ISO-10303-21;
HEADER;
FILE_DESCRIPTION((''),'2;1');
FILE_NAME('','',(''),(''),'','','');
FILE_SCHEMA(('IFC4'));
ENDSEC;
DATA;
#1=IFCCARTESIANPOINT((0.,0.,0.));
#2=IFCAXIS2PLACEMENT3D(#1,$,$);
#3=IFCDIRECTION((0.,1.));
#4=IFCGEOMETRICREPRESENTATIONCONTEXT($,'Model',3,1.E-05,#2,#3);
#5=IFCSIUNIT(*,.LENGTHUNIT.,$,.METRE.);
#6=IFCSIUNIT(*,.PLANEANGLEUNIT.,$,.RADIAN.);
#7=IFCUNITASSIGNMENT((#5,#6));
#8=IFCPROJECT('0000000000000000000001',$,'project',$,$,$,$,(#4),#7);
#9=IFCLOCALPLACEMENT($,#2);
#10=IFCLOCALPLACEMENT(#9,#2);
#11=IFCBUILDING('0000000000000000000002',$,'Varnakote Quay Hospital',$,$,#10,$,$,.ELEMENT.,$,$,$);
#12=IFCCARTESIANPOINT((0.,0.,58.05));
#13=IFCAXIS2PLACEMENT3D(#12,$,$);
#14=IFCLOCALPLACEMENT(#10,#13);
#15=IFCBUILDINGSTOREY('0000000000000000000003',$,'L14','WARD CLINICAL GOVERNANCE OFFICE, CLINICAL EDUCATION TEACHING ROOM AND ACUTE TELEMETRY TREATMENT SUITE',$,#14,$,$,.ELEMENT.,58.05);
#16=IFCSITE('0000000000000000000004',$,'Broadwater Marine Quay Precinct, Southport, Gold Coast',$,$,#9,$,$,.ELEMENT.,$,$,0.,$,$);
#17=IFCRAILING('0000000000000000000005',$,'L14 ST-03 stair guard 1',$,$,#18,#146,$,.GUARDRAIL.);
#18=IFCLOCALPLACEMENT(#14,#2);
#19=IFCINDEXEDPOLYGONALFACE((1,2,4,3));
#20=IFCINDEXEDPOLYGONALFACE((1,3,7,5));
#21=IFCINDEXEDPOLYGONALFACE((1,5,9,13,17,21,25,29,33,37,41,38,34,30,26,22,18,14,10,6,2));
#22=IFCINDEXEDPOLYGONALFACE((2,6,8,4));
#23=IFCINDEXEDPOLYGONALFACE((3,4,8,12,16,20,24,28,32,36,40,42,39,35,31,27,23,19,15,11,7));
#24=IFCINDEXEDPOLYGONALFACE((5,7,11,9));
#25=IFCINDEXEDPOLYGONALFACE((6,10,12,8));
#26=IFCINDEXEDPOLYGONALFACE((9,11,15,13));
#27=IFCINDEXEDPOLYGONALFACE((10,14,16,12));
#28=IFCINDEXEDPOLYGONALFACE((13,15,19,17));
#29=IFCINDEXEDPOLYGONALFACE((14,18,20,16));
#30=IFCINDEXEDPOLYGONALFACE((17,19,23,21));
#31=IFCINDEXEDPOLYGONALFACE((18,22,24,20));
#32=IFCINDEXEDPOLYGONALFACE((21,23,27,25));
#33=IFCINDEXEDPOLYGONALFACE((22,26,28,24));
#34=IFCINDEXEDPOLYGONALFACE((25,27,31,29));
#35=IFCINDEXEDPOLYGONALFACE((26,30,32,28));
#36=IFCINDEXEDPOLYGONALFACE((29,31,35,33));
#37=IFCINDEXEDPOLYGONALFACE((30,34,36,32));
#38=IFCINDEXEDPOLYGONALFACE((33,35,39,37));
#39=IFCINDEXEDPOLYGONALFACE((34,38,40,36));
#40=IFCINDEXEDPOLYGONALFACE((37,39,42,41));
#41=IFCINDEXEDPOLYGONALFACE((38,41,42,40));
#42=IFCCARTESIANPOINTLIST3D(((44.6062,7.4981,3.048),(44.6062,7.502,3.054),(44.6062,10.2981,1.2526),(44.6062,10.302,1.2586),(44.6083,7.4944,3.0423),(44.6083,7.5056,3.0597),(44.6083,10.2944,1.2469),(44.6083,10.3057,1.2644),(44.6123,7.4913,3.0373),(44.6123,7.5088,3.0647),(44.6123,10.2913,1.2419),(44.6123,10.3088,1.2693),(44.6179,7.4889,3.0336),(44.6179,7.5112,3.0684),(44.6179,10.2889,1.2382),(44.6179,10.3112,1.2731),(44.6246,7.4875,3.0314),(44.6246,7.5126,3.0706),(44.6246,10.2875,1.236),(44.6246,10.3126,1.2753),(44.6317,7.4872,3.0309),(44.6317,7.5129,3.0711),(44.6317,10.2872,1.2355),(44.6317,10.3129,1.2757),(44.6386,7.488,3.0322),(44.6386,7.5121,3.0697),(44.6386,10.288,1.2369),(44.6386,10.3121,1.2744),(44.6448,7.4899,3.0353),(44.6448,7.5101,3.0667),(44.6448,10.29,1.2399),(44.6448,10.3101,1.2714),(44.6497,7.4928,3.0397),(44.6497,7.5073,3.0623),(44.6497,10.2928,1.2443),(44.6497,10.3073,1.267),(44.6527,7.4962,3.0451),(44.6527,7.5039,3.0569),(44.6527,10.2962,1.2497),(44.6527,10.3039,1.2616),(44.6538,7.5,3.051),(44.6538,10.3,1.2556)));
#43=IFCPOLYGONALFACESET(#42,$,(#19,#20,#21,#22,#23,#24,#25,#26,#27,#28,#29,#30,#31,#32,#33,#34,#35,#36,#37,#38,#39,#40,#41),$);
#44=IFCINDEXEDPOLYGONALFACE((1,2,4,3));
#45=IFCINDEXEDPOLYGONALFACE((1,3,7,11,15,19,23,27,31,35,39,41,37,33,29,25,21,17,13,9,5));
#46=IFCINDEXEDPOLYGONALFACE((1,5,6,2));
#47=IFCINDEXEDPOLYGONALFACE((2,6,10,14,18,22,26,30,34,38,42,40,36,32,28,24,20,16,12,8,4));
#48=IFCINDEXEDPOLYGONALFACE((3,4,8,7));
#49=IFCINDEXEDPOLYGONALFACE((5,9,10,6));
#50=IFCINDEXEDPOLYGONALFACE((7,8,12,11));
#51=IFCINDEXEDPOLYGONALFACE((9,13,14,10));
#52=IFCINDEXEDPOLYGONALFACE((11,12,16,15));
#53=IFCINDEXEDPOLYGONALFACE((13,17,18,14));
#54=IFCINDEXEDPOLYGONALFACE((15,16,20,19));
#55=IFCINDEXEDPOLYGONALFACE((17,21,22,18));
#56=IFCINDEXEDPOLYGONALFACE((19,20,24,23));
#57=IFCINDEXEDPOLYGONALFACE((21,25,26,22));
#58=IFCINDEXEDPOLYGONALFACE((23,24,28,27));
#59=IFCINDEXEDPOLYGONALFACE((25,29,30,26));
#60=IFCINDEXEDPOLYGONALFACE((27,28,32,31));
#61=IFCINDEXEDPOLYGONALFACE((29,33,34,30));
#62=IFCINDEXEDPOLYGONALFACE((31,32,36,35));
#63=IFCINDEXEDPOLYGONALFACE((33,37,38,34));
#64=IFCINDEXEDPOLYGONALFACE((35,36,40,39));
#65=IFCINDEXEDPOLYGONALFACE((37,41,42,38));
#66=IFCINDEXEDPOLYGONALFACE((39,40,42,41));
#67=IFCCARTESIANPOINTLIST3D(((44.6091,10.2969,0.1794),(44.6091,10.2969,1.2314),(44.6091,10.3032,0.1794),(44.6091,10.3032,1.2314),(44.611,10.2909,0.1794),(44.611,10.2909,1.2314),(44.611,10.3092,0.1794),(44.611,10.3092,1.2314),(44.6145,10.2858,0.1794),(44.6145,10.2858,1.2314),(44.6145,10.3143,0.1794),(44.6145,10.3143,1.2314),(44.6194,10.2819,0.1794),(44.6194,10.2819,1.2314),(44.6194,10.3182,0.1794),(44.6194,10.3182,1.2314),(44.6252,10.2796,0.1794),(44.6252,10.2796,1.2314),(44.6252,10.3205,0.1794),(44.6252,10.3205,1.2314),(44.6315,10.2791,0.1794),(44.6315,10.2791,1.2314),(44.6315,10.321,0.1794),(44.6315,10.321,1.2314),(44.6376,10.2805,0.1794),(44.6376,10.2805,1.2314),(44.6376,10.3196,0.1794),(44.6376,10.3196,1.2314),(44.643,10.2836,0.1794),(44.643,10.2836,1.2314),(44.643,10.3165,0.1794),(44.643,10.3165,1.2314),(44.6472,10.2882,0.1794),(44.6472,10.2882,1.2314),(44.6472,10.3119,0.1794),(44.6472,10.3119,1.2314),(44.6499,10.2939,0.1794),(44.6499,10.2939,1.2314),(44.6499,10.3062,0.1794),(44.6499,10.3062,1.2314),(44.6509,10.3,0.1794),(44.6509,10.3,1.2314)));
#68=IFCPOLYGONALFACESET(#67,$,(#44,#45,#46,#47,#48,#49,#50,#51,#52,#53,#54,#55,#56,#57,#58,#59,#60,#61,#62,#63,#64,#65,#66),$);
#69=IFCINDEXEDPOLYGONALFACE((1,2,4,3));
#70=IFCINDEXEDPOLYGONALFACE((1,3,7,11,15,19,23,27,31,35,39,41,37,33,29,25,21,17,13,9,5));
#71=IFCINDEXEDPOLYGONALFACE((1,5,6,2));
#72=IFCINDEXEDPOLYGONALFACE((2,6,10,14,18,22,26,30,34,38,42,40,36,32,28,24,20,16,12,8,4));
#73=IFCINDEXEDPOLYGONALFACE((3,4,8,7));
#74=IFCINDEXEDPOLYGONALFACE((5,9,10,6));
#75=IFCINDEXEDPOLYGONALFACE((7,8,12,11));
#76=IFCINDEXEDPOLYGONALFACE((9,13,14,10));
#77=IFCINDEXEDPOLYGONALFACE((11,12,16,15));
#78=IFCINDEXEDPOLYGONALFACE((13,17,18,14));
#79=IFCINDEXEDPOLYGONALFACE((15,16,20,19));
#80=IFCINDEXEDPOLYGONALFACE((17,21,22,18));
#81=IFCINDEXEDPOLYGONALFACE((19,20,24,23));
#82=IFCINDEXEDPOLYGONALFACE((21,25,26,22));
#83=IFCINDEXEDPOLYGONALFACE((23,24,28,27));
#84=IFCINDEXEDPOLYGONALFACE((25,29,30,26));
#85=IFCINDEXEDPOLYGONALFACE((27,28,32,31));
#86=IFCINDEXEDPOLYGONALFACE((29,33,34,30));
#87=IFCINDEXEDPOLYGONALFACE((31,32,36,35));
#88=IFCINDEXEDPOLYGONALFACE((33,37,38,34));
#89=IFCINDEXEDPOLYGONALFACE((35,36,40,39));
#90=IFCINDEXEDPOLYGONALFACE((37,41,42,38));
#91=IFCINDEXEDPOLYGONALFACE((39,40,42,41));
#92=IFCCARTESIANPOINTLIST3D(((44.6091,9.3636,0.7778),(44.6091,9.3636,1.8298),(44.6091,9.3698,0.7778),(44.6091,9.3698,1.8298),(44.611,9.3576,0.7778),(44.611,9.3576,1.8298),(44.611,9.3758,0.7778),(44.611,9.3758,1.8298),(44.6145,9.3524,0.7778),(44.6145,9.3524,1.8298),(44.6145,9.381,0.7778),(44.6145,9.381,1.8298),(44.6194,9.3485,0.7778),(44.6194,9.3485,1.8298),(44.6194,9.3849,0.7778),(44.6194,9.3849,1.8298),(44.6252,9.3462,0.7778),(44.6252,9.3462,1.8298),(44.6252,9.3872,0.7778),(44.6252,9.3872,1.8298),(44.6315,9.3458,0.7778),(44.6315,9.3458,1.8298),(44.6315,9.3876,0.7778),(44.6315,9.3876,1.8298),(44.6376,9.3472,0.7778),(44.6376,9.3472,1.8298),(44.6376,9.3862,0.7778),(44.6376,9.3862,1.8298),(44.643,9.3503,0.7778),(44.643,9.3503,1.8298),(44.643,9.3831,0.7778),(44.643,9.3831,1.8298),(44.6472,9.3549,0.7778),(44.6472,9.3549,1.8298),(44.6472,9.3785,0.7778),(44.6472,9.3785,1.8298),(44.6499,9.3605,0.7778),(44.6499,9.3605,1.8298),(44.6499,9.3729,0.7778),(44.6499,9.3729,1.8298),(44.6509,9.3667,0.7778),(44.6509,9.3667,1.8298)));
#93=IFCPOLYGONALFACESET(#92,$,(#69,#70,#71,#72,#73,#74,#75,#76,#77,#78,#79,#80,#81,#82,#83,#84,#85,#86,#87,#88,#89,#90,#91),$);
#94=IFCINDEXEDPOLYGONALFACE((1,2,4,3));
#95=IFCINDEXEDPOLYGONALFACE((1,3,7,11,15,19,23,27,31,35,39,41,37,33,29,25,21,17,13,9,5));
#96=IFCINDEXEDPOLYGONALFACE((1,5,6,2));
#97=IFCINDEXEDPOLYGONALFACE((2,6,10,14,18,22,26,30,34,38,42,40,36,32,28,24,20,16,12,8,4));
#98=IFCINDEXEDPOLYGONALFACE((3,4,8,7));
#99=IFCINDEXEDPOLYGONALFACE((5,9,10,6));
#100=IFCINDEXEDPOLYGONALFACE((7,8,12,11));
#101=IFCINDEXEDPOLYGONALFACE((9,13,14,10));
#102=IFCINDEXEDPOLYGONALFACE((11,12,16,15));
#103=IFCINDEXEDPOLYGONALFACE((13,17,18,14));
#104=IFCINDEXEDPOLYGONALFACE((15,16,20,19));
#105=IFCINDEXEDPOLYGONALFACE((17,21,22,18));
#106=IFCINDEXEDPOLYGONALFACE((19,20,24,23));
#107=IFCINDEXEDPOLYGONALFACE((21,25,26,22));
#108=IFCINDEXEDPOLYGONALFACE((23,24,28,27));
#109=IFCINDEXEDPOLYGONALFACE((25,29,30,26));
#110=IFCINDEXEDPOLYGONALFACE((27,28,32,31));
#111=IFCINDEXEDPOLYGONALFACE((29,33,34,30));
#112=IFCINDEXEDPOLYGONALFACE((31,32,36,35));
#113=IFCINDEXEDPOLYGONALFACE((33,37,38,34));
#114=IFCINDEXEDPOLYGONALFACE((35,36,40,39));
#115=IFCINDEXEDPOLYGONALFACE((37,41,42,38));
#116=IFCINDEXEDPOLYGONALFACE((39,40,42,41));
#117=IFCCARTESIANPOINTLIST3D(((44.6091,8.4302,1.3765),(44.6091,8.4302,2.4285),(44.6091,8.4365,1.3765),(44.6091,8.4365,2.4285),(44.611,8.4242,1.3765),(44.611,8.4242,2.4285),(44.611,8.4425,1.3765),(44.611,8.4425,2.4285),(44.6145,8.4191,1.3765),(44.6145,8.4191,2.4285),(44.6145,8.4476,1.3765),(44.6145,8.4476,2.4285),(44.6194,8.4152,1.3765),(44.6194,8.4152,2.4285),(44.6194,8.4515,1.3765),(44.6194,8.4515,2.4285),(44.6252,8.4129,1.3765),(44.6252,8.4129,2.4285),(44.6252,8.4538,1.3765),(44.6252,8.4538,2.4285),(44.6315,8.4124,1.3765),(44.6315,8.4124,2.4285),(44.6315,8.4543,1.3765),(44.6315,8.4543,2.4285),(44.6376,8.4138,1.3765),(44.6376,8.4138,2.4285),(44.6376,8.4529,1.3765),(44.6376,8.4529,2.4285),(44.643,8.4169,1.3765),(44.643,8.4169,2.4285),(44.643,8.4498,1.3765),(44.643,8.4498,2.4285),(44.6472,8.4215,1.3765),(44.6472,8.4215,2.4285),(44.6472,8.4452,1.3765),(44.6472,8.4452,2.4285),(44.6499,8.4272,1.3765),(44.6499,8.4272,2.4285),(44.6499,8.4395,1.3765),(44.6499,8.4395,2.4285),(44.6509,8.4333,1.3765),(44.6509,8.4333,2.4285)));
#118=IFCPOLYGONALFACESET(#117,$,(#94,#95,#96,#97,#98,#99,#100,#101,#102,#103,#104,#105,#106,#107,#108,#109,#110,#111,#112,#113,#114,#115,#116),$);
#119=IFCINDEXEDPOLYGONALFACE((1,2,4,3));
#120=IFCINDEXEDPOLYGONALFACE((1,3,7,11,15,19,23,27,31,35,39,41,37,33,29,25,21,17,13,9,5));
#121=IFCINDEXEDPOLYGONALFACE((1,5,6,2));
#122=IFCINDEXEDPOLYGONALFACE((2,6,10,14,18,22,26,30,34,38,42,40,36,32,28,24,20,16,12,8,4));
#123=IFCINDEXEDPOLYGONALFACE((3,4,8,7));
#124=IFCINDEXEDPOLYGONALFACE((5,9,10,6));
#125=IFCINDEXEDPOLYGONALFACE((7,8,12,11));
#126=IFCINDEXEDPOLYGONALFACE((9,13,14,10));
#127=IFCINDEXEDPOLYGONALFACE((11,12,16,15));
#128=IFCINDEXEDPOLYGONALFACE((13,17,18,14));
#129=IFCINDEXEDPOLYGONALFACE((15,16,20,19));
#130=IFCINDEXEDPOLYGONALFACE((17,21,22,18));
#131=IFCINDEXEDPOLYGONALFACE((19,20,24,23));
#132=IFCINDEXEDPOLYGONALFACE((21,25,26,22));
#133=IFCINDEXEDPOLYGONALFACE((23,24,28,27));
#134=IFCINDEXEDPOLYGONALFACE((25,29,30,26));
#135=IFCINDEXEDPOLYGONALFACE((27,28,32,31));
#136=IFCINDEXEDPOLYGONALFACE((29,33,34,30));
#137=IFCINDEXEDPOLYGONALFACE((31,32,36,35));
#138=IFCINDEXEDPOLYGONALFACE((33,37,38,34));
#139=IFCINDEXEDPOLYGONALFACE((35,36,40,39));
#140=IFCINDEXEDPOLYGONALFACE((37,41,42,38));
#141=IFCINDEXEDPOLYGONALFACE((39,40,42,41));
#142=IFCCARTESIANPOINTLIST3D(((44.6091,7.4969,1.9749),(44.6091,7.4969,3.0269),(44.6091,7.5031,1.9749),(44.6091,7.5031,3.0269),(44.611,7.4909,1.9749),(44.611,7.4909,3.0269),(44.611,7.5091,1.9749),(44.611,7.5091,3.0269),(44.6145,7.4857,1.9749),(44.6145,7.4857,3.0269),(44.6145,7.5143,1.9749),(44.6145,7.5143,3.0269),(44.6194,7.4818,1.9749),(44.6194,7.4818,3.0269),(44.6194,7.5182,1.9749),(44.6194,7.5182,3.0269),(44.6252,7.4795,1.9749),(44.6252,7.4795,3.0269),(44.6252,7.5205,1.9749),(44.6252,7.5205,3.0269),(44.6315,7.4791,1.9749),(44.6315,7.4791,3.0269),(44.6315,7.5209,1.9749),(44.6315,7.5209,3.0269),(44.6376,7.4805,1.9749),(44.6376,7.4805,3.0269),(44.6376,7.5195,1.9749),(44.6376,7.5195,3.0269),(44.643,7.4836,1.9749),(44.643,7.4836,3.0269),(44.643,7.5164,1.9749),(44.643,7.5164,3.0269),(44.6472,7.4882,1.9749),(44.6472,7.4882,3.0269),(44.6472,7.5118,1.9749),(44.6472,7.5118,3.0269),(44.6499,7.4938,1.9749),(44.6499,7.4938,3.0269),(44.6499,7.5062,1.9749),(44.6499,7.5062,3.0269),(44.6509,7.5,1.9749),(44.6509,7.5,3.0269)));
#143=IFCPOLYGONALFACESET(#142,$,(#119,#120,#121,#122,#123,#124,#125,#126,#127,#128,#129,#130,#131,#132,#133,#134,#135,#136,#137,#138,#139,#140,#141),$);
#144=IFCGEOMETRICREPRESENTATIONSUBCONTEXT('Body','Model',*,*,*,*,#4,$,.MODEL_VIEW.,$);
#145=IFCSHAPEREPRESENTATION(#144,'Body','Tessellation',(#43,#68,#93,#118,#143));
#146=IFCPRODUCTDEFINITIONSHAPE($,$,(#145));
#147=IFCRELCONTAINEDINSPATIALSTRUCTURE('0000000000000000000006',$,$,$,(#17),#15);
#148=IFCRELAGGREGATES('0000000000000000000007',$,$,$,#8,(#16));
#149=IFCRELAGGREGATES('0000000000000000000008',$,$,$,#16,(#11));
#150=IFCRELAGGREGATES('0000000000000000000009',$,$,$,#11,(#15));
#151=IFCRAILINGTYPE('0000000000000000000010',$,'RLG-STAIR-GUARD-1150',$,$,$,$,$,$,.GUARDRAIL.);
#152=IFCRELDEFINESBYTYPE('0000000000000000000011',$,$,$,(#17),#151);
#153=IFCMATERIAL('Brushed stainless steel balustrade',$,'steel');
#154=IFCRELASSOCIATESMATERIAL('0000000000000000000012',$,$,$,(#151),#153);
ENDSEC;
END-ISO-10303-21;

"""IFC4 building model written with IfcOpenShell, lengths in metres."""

from ifc_helpers import new_model, si_unit, direction, frame, origin, origin_2d, place, context, subcontext, project, spatial, circle, extrude, material, type_object, element, save


model = new_model("IFC4")

# Units and contexts
model_context = context("Model", 3, precision=1e-05, world=origin(), true_north=direction((0.0, 1.0)))
body_context = subcontext(model_context, "Body", "Model", "MODEL_VIEW")
ifc_project = project(units=[si_unit("LENGTHUNIT", "METRE"), si_unit("PLANEANGLEUNIT", "RADIAN")], contexts=[model_context])

# Site, building, storey
site_placement = place(None, origin())
site = spatial("IfcSite", under=ifc_project, at=site_placement, Name="Broadwater Marine Quay Precinct, Southport, Gold Coast", CompositionType="ELEMENT", RefElevation=0.0)
building_placement = place(site_placement, origin())
building = spatial("IfcBuilding", under=site, at=building_placement, Name="Varnakote Quay Hospital", CompositionType="ELEMENT")
storey_placement = place(building_placement, frame((0.0, 0.0, 58.05)))
storey = spatial("IfcBuildingStorey", under=building, at=storey_placement, Name="L14", Description="WARD CLINICAL GOVERNANCE OFFICE, CLINICAL EDUCATION TEACHING ROOM AND ACUTE TELEMETRY TREATMENT SUITE", CompositionType="ELEMENT", Elevation=58.05)

# Railing
ifc_material_1 = material(Name="Brushed stainless steel balustrade", Category="steel")
railing_type_1 = type_object("IfcRailingType", Name="RLG-STAIR-GUARD-1150", PredefinedType="GUARDRAIL", material=ifc_material_1)
railing_1_placement = place(storey_placement, frame((44.6299, 10.3, 0.1794)))
element("IfcRailing", 1, at=railing_1_placement, inside=storey, type_object=railing_type_1, Name="L14 ST-03 stair guard 1", PredefinedType="GUARDRAIL", context=body_context, shape_type="SweptSolid", body=[
    extrude(circle(Radius=0.0239, at=origin_2d()), frame((0.0, 0.0, 1.0762), z_axis=(0.0, -0.84181, 0.539774), x_axis=(1.0, 0.0, 0.0)), (0.0, 0.0, 1.0), 3.3262),
    extrude(circle(Radius=0.021, at=origin_2d()), origin(), (0.0, 0.0, 1.0), 1.052),
    extrude(circle(Radius=0.021, at=origin_2d()), frame((0.0, -0.9333, 0.5984)), (0.0, 0.0, 1.0), 1.052),
    extrude(circle(Radius=0.021, at=origin_2d()), frame((0.0, -1.8667, 1.197)), (0.0, 0.0, 1.0), 1.052),
    extrude(circle(Radius=0.021, at=origin_2d()), frame((0.0, -2.8, 1.7954)), (0.0, 0.0, 1.0), 1.052),
])

save(model, "model.ifc")
